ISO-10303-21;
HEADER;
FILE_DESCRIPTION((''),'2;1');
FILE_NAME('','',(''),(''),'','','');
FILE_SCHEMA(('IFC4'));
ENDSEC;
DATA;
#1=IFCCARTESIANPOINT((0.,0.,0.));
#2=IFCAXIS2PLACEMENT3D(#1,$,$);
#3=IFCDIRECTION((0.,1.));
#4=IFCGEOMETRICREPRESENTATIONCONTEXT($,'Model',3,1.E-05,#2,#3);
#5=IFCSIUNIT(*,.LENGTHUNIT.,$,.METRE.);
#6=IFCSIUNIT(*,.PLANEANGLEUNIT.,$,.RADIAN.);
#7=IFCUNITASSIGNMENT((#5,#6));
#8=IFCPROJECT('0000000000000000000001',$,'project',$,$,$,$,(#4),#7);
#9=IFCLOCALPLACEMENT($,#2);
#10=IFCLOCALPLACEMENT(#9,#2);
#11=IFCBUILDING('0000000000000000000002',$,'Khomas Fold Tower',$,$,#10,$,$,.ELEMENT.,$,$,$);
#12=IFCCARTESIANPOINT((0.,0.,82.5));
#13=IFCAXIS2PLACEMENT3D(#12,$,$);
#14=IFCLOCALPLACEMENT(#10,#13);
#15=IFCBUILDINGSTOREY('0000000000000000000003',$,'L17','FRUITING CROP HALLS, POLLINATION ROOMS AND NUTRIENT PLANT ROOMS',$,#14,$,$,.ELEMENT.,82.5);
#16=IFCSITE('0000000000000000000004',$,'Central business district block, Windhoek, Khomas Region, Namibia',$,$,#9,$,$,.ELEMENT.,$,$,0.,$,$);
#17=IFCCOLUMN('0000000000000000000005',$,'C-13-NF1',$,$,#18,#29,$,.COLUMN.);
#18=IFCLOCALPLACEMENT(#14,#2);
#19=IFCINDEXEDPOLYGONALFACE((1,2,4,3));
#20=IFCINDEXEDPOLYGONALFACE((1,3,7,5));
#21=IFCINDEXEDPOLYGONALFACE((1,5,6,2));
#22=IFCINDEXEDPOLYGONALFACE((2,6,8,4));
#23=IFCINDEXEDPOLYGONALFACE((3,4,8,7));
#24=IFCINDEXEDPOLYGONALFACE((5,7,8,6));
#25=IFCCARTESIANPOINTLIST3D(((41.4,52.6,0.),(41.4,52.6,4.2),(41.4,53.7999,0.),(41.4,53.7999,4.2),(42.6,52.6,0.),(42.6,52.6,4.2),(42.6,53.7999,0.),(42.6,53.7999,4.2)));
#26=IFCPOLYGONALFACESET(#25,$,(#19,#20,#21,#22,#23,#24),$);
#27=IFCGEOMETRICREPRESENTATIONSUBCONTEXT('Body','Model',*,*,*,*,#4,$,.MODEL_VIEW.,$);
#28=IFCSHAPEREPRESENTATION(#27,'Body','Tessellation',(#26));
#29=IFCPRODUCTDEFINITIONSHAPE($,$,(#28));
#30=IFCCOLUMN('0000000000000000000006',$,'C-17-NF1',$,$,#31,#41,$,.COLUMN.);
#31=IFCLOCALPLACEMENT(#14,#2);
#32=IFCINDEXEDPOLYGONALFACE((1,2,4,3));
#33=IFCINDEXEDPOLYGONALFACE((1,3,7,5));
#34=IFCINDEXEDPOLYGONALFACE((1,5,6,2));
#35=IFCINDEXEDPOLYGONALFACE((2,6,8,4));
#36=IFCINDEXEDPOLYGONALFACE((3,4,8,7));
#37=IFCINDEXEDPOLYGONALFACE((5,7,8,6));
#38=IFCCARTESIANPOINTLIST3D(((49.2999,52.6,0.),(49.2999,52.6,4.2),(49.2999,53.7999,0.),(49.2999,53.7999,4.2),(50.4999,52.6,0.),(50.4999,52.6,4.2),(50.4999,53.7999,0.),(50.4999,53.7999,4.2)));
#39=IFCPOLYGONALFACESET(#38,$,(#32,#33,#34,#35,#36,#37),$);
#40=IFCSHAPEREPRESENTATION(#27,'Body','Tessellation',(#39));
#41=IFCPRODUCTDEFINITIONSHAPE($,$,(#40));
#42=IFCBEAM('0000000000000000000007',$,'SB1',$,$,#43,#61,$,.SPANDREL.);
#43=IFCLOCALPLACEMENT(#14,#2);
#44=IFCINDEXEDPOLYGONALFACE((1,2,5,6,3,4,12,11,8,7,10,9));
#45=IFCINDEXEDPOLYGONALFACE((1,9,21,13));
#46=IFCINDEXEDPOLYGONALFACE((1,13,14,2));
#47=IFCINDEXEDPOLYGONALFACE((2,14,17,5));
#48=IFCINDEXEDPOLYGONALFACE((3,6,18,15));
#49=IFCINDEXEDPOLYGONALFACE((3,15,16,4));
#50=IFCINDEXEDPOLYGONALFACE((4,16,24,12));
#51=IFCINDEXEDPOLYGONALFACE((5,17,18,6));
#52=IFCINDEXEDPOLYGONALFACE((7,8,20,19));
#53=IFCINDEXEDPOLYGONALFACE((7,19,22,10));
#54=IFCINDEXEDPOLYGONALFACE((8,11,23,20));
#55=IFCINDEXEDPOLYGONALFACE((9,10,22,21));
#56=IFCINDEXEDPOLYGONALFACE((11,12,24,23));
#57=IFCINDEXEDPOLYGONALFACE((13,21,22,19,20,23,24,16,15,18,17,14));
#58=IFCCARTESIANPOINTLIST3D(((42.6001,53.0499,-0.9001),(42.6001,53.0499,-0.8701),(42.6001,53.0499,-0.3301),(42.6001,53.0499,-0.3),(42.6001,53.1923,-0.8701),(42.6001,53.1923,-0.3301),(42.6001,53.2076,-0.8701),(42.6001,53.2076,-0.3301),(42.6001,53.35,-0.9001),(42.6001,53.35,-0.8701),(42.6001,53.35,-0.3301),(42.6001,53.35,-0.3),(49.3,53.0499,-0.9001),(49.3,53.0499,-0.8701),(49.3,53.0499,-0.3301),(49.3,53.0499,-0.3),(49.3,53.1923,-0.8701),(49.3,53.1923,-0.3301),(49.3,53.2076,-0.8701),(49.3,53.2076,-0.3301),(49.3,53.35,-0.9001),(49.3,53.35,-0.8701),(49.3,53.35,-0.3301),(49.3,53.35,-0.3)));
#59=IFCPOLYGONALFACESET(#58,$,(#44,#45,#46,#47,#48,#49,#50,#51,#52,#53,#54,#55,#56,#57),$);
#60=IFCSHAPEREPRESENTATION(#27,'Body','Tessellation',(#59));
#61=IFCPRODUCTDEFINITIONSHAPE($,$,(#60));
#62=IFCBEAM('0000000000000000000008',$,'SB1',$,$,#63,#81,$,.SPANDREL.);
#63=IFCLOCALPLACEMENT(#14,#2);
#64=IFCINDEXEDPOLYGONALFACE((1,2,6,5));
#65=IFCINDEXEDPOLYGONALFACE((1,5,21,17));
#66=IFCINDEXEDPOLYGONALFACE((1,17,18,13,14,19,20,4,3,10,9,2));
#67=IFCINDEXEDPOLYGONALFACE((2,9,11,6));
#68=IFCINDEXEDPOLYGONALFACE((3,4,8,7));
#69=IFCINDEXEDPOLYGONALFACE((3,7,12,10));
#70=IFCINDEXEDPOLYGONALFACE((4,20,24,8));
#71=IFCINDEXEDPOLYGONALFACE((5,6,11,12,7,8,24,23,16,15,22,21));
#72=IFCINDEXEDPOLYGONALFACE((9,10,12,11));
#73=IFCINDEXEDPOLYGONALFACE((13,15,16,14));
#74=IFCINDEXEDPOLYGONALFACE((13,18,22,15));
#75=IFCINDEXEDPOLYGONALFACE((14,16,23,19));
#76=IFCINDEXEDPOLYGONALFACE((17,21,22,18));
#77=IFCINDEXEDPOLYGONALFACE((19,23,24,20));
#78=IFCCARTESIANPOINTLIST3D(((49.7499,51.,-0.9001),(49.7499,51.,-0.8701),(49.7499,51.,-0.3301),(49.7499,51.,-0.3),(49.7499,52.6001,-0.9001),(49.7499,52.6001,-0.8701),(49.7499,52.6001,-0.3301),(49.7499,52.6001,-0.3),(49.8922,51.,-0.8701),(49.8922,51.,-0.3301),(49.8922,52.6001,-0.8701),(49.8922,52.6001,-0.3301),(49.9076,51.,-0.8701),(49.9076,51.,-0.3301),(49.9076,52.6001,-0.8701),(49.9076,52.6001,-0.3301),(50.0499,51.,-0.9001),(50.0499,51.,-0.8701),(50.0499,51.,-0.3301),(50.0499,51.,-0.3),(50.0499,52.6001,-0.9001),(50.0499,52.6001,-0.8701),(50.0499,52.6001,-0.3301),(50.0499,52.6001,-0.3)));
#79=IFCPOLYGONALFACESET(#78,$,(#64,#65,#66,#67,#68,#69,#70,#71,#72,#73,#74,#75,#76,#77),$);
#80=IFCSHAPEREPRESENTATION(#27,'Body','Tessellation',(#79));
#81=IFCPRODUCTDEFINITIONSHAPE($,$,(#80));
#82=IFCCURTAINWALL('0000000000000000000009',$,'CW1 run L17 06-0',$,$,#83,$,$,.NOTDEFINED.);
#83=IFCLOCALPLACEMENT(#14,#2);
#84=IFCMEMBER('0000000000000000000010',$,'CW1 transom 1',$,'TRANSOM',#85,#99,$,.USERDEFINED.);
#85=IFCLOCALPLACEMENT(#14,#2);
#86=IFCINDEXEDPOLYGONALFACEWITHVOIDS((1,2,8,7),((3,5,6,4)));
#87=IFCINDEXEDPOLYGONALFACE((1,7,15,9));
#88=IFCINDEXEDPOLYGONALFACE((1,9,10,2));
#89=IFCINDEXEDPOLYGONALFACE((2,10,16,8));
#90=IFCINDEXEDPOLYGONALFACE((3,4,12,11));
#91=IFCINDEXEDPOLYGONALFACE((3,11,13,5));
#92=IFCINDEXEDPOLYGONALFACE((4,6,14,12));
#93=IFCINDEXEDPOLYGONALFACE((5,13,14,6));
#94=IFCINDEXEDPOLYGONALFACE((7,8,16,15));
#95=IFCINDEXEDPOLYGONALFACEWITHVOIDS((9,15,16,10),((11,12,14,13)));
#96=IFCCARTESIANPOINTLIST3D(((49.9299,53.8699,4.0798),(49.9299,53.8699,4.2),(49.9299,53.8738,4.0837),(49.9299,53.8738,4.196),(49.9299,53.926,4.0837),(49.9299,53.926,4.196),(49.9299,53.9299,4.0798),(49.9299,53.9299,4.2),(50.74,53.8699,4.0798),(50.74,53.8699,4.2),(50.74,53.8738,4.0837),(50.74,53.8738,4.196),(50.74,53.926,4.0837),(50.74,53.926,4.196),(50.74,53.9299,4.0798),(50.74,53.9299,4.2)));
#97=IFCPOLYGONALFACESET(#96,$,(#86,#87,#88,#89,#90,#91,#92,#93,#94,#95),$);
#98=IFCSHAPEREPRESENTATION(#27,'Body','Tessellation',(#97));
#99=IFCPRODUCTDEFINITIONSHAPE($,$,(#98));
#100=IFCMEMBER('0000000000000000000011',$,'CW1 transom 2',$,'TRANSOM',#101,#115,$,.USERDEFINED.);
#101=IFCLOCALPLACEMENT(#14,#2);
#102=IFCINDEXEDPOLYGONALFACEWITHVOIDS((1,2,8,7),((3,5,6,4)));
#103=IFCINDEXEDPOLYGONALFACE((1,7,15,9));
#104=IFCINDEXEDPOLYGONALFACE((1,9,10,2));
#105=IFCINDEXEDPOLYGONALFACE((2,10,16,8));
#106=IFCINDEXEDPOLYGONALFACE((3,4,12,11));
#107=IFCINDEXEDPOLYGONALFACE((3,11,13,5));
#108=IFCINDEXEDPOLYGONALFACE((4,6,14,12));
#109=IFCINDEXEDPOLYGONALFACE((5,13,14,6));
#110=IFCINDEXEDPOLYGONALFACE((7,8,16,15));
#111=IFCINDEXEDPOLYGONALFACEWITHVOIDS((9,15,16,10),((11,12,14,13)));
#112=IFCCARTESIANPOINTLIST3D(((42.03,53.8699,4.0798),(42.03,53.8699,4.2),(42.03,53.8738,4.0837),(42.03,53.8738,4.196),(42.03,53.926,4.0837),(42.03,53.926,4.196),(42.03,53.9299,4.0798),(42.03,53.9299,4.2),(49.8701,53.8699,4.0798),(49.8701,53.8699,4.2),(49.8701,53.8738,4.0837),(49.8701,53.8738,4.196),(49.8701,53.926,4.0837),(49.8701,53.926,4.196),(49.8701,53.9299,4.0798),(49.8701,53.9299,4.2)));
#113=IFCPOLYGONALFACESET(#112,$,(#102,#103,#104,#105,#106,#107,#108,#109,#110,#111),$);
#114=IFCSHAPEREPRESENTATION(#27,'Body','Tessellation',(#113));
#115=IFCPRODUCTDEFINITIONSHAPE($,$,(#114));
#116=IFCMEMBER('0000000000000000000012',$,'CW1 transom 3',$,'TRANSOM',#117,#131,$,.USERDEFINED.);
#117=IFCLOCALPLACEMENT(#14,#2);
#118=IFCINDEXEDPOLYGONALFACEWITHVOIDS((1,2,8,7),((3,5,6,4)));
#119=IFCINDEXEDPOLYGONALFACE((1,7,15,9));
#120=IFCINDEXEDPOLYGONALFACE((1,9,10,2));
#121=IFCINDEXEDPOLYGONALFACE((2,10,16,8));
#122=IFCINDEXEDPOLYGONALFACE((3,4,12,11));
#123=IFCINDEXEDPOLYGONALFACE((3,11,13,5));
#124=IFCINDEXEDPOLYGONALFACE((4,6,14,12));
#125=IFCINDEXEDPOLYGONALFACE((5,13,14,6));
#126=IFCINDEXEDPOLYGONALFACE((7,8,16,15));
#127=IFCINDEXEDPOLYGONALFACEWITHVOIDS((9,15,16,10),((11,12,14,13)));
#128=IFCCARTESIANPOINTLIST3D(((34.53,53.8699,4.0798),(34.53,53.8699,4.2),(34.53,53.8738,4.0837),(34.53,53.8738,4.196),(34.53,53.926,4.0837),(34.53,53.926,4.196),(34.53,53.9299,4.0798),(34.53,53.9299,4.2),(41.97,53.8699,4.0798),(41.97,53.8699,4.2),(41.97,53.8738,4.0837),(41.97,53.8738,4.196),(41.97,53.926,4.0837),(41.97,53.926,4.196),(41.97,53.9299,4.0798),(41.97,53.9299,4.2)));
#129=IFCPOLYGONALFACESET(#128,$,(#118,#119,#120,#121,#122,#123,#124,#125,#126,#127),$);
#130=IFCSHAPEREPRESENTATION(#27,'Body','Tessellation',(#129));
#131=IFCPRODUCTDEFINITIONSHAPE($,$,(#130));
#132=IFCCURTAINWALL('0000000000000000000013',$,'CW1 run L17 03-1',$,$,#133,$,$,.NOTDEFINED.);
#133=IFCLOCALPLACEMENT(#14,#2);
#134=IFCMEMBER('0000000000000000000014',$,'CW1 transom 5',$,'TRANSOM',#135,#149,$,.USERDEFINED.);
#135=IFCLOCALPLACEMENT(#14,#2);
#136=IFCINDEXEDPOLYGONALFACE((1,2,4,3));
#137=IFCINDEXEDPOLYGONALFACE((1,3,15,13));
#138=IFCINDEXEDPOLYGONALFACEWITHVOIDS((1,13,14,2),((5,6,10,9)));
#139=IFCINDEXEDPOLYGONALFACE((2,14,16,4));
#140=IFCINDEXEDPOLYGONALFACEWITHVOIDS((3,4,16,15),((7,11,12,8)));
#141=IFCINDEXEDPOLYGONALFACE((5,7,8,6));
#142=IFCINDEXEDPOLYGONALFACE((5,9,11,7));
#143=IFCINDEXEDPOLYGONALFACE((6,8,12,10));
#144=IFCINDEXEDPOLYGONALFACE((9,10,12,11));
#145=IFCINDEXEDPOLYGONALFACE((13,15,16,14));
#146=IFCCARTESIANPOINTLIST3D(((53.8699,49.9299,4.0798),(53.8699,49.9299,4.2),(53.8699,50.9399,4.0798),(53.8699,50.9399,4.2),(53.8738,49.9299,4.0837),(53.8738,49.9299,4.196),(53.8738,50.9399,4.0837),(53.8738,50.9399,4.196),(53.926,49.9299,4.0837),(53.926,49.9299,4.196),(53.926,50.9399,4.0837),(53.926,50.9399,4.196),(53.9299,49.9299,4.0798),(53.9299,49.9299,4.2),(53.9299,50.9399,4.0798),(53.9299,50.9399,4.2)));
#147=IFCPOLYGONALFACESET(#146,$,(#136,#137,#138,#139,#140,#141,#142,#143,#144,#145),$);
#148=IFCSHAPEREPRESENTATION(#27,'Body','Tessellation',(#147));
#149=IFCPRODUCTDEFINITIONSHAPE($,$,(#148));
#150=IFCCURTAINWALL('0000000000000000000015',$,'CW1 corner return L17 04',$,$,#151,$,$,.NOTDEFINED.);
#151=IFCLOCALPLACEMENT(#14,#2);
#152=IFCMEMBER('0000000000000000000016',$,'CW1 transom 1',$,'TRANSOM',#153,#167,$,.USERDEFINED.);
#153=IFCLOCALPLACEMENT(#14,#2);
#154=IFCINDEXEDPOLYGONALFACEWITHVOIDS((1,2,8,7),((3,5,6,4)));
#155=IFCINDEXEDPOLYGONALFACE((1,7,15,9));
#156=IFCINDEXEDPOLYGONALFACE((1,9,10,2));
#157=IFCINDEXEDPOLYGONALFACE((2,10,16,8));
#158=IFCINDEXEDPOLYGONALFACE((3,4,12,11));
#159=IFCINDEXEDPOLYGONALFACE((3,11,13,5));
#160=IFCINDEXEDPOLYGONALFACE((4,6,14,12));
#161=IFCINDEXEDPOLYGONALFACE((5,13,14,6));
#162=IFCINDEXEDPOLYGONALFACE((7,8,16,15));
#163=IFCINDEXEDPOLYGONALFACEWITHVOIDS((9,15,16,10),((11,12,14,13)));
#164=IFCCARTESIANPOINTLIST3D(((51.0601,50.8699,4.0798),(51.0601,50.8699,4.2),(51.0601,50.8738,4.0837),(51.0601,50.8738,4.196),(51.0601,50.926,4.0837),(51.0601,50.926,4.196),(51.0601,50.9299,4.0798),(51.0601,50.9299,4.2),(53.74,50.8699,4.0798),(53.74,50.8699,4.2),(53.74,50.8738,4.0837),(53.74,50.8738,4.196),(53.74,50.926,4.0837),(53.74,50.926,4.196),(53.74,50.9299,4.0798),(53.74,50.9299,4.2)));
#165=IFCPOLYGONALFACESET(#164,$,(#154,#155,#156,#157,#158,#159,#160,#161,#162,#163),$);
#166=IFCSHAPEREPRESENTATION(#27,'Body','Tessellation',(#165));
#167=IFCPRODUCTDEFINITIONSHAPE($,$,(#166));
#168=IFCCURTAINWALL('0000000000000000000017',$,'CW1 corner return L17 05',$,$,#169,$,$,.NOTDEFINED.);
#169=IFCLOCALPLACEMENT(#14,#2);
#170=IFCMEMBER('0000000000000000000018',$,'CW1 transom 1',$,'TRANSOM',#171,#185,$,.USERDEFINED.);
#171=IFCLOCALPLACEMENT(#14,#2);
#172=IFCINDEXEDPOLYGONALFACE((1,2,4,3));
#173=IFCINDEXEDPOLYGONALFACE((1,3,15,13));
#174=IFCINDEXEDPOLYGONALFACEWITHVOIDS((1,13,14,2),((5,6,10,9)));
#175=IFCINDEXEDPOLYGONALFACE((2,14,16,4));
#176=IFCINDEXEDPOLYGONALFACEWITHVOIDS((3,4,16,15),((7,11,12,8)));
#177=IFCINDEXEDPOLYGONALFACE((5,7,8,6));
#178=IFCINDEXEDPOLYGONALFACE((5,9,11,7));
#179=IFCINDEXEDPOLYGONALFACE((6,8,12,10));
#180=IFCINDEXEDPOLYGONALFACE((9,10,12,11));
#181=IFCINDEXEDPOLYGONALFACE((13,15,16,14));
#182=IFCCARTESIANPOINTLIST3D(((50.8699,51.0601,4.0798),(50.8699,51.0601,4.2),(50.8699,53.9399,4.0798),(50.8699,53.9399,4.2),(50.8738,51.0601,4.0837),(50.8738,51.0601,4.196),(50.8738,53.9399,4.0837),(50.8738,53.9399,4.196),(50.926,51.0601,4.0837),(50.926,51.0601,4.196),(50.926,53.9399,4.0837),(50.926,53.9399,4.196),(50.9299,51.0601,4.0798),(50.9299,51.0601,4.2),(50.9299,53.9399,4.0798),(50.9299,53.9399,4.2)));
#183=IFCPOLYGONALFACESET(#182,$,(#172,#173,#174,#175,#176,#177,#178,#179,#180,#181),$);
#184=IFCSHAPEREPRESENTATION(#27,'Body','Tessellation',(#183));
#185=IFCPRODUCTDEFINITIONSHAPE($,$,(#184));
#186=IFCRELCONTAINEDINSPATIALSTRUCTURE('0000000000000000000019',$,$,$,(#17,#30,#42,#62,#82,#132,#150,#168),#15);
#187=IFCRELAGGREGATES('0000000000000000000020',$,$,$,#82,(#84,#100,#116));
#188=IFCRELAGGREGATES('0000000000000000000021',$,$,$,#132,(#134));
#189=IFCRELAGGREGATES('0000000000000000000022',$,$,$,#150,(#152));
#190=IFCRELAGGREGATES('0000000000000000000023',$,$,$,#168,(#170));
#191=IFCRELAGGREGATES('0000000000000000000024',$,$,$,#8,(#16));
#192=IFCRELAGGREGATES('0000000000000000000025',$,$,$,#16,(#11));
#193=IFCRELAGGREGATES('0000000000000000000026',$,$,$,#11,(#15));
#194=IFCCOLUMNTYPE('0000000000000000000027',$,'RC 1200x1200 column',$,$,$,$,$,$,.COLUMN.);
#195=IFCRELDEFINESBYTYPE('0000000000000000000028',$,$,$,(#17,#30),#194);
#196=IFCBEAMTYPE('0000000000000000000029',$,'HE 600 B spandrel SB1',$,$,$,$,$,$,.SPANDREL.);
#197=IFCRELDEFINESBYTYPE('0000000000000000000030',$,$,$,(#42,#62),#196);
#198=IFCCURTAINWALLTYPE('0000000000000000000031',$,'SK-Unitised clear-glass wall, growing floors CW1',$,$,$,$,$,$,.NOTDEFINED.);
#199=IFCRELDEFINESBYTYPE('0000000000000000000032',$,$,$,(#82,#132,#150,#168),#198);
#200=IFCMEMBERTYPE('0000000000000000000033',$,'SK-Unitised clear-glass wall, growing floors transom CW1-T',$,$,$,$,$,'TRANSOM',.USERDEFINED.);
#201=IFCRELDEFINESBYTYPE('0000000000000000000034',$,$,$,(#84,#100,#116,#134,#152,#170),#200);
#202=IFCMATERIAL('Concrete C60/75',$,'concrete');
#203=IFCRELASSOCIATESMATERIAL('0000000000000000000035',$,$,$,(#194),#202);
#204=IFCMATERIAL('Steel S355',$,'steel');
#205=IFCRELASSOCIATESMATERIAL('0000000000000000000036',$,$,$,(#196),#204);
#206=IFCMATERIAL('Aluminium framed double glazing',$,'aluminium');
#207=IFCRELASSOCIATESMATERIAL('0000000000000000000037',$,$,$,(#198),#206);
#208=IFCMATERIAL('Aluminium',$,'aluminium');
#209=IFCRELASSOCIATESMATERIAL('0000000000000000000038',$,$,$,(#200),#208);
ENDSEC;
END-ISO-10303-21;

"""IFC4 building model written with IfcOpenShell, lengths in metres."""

from ifc_helpers import new_model, si_unit, direction, frame, origin, origin_2d, place, context, subcontext, project, spatial, rectangle, hollow_rectangle, i_section, extrude, source, transform, mapped, material, material_profile, profile_set, type_object, element, aggregate, save


model = new_model("IFC4")

# Units and contexts
model_context = context("Model", 3, precision=1e-05, world=origin(), true_north=direction((0.0, 1.0)))
body_context = subcontext(model_context, "Body", "Model", "MODEL_VIEW")
ifc_project = project(units=[si_unit("LENGTHUNIT", "METRE"), si_unit("PLANEANGLEUNIT", "RADIAN")], contexts=[model_context])

# Site, building, storey
site_placement = place(None, origin())
site = spatial("IfcSite", under=ifc_project, at=site_placement, Name="Central business district block, Windhoek, Khomas Region, Namibia", CompositionType="ELEMENT", RefElevation=0.0)
building_placement = place(site_placement, origin())
building = spatial("IfcBuilding", under=site, at=building_placement, Name="Khomas Fold Tower", CompositionType="ELEMENT")
storey_placement = place(building_placement, frame((0.0, 0.0, 82.5)))
storey = spatial("IfcBuildingStorey", under=building, at=storey_placement, Name="L17", Description="FRUITING CROP HALLS, POLLINATION ROOMS AND NUTRIENT PLANT ROOMS", CompositionType="ELEMENT", Elevation=82.5)

# Columns
ifc_material_1 = material(Name="Concrete C60/75", Category="concrete")
ifc_material_profile_1 = material_profile(ifc_material_1, rectangle(XDim=1.2, YDim=1.2, at=origin_2d()), Name="RC 1200x1200")
ifc_profile_set_1 = profile_set([ifc_material_profile_1], Name="Concrete C60/75")
column_type = type_object("IfcColumnType", Name="RC 1200x1200 column", PredefinedType="COLUMN", material=ifc_profile_set_1)
shared_shape_1 = source(origin(), body_context, "Body", "SweptSolid", [
    extrude(rectangle(XDim=1.2, YDim=1.2, at=origin_2d()), origin(), (0.0, 0.0, 1.0), 4.2),
])
for number, where, z_axis, x_axis, name in (
    (1, (42.0, 53.2, 0.0), (0.0, 0.0, 1.0), (1.0, 0.0, 0.0), "C-13-NF1"),
    (2, (49.8999, 53.2, 0.0), (0.0, 0.0, 1.0), (1.0, 0.0, 0.0), "C-17-NF1"),
):
    element("IfcColumn", number, at=place(storey_placement, frame(where, z_axis=z_axis, x_axis=x_axis)), inside=storey, type_object=column_type, Name=name, PredefinedType="COLUMN", context=body_context, shape_type="MappedRepresentation", body=[
        mapped(shared_shape_1, transform((0.0, 0.0, 0.0))),
    ])

# Beams
ifc_material_2 = material(Name="Steel S355", Category="steel")
ifc_material_profile_2 = material_profile(ifc_material_2, i_section(OverallWidth=0.3, OverallDepth=0.6001, WebThickness=0.0154, FlangeThickness=0.03, at=origin_2d()), Name="HE 600 B")
ifc_profile_set_2 = profile_set([ifc_material_profile_2], Name="Steel S355")
beam_type = type_object("IfcBeamType", Name="HE 600 B spandrel SB1", PredefinedType="SPANDREL", material=ifc_profile_set_2)
shared_shape_2 = source(origin(), body_context, "Body", "SweptSolid", [
    extrude(i_section(OverallWidth=0.3, OverallDepth=0.6001, WebThickness=0.0154, FlangeThickness=0.03, at=origin_2d()), origin(), (0.0, 0.0, 1.0), 6.7),
])
beam_1_placement = place(storey_placement, frame((42.6001, 53.2, -0.6001), z_axis=(1.0, 0.0, 0.0), x_axis=(0.0, 1.0, 0.0)))
element("IfcBeam", 3, at=beam_1_placement, inside=storey, type_object=beam_type, Name="SB1", PredefinedType="SPANDREL", context=body_context, shape_type="MappedRepresentation", body=[
    mapped(shared_shape_2, transform((0.0, 0.0, 0.0))),
])
shared_shape_3 = source(origin(), body_context, "Body", "SweptSolid", [
    extrude(i_section(OverallWidth=0.3, OverallDepth=0.6001, WebThickness=0.0154, FlangeThickness=0.03, at=origin_2d()), origin(), (0.0, 0.0, 1.0), 1.6001),
])
beam_2_placement = place(storey_placement, frame((49.8999, 51.0, -0.6001), z_axis=(0.0, 1.0, 0.0), x_axis=(-1.0, 0.0, 0.0)))
element("IfcBeam", 4, at=beam_2_placement, inside=storey, type_object=beam_type, Name="SB1", PredefinedType="SPANDREL", context=body_context, shape_type="MappedRepresentation", body=[
    mapped(shared_shape_3, transform((0.0, 0.0, 0.0))),
])

# Curtain wall, members
ifc_material_3 = material(Name="Aluminium framed double glazing", Category="aluminium")
curtain_wall_type = type_object("IfcCurtainWallType", Name="SK-Unitised clear-glass wall, growing floors CW1", PredefinedType="NOTDEFINED", material=ifc_material_3)
curtain_wall_1_placement = place(storey_placement, origin())
curtain_wall_1 = element("IfcCurtainWall", 5, at=curtain_wall_1_placement, inside=storey, type_object=curtain_wall_type, Name="CW1 run L17 06-0", PredefinedType="NOTDEFINED")
ifc_material_4 = material(Name="Aluminium", Category="aluminium")
ifc_material_profile_3 = material_profile(ifc_material_4, hollow_rectangle(XDim=0.0601, YDim=0.1201, WallThickness=0.0039, at=origin_2d()), Name="SK-Unitised clear-glass wall, growing floors transom CW1-T")
ifc_profile_set_3 = profile_set([ifc_material_profile_3], Name="Aluminium")
member_type_1 = type_object("IfcMemberType", Name="SK-Unitised clear-glass wall, growing floors transom CW1-T", ElementType="TRANSOM", PredefinedType="USERDEFINED", material=ifc_profile_set_3)
shared_shape_4 = source(origin(), body_context, "Body", "SweptSolid", [
    extrude(hollow_rectangle(XDim=0.0601, YDim=0.1201, WallThickness=0.0039, at=origin_2d()), origin(), (0.0, 0.0, 1.0), 0.8101),
])
member_1_placement = place(storey_placement, frame((50.74, 53.8999, 4.1399), z_axis=(-1.0, 0.0, 0.0), x_axis=(0.0, -1.0, 0.0)))
member_1 = element("IfcMember", 6, at=member_1_placement, type_object=member_type_1, Name="CW1 transom 1", ObjectType="TRANSOM", PredefinedType="USERDEFINED", context=body_context, shape_type="MappedRepresentation", body=[
    mapped(shared_shape_4, transform((0.0, 0.0, 0.0))),
])
shared_shape_5 = source(origin(), body_context, "Body", "SweptSolid", [
    extrude(hollow_rectangle(XDim=0.0601, YDim=0.1201, WallThickness=0.0039, at=origin_2d()), origin(), (0.0, 0.0, 1.0), 7.8401),
])
member_2_placement = place(storey_placement, frame((49.8701, 53.8999, 4.1399), z_axis=(-1.0, 0.0, 0.0), x_axis=(0.0, -1.0, 0.0)))
member_2 = element("IfcMember", 7, at=member_2_placement, type_object=member_type_1, Name="CW1 transom 2", ObjectType="TRANSOM", PredefinedType="USERDEFINED", context=body_context, shape_type="MappedRepresentation", body=[
    mapped(shared_shape_5, transform((0.0, 0.0, 0.0))),
])
shared_shape_6 = source(origin(), body_context, "Body", "SweptSolid", [
    extrude(hollow_rectangle(XDim=0.0601, YDim=0.1201, WallThickness=0.0039, at=origin_2d()), origin(), (0.0, 0.0, 1.0), 7.4399),
])
member_3_placement = place(storey_placement, frame((41.97, 53.8999, 4.1399), z_axis=(-1.0, 0.0, 0.0), x_axis=(0.0, -1.0, 0.0)))
member_3 = element("IfcMember", 8, at=member_3_placement, type_object=member_type_1, Name="CW1 transom 3", ObjectType="TRANSOM", PredefinedType="USERDEFINED", context=body_context, shape_type="MappedRepresentation", body=[
    mapped(shared_shape_6, transform((0.0, 0.0, 0.0))),
])

# Curtain walls, members
curtain_wall_2_placement = place(storey_placement, origin())
curtain_wall_2 = element("IfcCurtainWall", 9, at=curtain_wall_2_placement, inside=storey, type_object=curtain_wall_type, Name="CW1 run L17 03-1", PredefinedType="NOTDEFINED")
shared_shape_7 = source(origin(), body_context, "Body", "SweptSolid", [
    extrude(hollow_rectangle(XDim=0.0601, YDim=0.1201, WallThickness=0.0039, at=origin_2d()), origin(), (0.0, 0.0, 1.0), 1.01),
])
member_4_placement = place(storey_placement, frame((53.8999, 49.9299, 4.1399), z_axis=(0.0, 1.0, 0.0), x_axis=(-1.0, 0.0, 0.0)))
member_4 = element("IfcMember", 10, at=member_4_placement, type_object=member_type_1, Name="CW1 transom 5", ObjectType="TRANSOM", PredefinedType="USERDEFINED", context=body_context, shape_type="MappedRepresentation", body=[
    mapped(shared_shape_7, transform((0.0, 0.0, 0.0))),
])
curtain_wall_3_placement = place(storey_placement, origin())
curtain_wall_3 = element("IfcCurtainWall", 11, at=curtain_wall_3_placement, inside=storey, type_object=curtain_wall_type, Name="CW1 corner return L17 04", PredefinedType="NOTDEFINED")
shared_shape_8 = source(origin(), body_context, "Body", "SweptSolid", [
    extrude(hollow_rectangle(XDim=0.0601, YDim=0.1201, WallThickness=0.0039, at=origin_2d()), origin(), (0.0, 0.0, 1.0), 2.6799),
])
member_5_placement = place(storey_placement, frame((53.74, 50.8999, 4.1399), z_axis=(-1.0, 0.0, 0.0), x_axis=(0.0, -1.0, 0.0)))
member_5 = element("IfcMember", 12, at=member_5_placement, type_object=member_type_1, Name="CW1 transom 1", ObjectType="TRANSOM", PredefinedType="USERDEFINED", context=body_context, shape_type="MappedRepresentation", body=[
    mapped(shared_shape_8, transform((0.0, 0.0, 0.0))),
])
curtain_wall_4_placement = place(storey_placement, origin())
curtain_wall_4 = element("IfcCurtainWall", 13, at=curtain_wall_4_placement, inside=storey, type_object=curtain_wall_type, Name="CW1 corner return L17 05", PredefinedType="NOTDEFINED")
shared_shape_9 = source(origin(), body_context, "Body", "SweptSolid", [
    extrude(hollow_rectangle(XDim=0.0601, YDim=0.1201, WallThickness=0.0039, at=origin_2d()), origin(), (0.0, 0.0, 1.0), 2.8799),
])
member_6_placement = place(storey_placement, frame((50.8999, 51.0601, 4.1399), z_axis=(0.0, 1.0, 0.0), x_axis=(-1.0, 0.0, 0.0)))
member_6 = element("IfcMember", 14, at=member_6_placement, type_object=member_type_1, Name="CW1 transom 1", ObjectType="TRANSOM", PredefinedType="USERDEFINED", context=body_context, shape_type="MappedRepresentation", body=[
    mapped(shared_shape_9, transform((0.0, 0.0, 0.0))),
])

aggregate(curtain_wall_1, [member_1, member_2, member_3])
aggregate(curtain_wall_2, [member_4])
aggregate(curtain_wall_3, [member_5])
aggregate(curtain_wall_4, [member_6])

save(model, "model.ifc")
